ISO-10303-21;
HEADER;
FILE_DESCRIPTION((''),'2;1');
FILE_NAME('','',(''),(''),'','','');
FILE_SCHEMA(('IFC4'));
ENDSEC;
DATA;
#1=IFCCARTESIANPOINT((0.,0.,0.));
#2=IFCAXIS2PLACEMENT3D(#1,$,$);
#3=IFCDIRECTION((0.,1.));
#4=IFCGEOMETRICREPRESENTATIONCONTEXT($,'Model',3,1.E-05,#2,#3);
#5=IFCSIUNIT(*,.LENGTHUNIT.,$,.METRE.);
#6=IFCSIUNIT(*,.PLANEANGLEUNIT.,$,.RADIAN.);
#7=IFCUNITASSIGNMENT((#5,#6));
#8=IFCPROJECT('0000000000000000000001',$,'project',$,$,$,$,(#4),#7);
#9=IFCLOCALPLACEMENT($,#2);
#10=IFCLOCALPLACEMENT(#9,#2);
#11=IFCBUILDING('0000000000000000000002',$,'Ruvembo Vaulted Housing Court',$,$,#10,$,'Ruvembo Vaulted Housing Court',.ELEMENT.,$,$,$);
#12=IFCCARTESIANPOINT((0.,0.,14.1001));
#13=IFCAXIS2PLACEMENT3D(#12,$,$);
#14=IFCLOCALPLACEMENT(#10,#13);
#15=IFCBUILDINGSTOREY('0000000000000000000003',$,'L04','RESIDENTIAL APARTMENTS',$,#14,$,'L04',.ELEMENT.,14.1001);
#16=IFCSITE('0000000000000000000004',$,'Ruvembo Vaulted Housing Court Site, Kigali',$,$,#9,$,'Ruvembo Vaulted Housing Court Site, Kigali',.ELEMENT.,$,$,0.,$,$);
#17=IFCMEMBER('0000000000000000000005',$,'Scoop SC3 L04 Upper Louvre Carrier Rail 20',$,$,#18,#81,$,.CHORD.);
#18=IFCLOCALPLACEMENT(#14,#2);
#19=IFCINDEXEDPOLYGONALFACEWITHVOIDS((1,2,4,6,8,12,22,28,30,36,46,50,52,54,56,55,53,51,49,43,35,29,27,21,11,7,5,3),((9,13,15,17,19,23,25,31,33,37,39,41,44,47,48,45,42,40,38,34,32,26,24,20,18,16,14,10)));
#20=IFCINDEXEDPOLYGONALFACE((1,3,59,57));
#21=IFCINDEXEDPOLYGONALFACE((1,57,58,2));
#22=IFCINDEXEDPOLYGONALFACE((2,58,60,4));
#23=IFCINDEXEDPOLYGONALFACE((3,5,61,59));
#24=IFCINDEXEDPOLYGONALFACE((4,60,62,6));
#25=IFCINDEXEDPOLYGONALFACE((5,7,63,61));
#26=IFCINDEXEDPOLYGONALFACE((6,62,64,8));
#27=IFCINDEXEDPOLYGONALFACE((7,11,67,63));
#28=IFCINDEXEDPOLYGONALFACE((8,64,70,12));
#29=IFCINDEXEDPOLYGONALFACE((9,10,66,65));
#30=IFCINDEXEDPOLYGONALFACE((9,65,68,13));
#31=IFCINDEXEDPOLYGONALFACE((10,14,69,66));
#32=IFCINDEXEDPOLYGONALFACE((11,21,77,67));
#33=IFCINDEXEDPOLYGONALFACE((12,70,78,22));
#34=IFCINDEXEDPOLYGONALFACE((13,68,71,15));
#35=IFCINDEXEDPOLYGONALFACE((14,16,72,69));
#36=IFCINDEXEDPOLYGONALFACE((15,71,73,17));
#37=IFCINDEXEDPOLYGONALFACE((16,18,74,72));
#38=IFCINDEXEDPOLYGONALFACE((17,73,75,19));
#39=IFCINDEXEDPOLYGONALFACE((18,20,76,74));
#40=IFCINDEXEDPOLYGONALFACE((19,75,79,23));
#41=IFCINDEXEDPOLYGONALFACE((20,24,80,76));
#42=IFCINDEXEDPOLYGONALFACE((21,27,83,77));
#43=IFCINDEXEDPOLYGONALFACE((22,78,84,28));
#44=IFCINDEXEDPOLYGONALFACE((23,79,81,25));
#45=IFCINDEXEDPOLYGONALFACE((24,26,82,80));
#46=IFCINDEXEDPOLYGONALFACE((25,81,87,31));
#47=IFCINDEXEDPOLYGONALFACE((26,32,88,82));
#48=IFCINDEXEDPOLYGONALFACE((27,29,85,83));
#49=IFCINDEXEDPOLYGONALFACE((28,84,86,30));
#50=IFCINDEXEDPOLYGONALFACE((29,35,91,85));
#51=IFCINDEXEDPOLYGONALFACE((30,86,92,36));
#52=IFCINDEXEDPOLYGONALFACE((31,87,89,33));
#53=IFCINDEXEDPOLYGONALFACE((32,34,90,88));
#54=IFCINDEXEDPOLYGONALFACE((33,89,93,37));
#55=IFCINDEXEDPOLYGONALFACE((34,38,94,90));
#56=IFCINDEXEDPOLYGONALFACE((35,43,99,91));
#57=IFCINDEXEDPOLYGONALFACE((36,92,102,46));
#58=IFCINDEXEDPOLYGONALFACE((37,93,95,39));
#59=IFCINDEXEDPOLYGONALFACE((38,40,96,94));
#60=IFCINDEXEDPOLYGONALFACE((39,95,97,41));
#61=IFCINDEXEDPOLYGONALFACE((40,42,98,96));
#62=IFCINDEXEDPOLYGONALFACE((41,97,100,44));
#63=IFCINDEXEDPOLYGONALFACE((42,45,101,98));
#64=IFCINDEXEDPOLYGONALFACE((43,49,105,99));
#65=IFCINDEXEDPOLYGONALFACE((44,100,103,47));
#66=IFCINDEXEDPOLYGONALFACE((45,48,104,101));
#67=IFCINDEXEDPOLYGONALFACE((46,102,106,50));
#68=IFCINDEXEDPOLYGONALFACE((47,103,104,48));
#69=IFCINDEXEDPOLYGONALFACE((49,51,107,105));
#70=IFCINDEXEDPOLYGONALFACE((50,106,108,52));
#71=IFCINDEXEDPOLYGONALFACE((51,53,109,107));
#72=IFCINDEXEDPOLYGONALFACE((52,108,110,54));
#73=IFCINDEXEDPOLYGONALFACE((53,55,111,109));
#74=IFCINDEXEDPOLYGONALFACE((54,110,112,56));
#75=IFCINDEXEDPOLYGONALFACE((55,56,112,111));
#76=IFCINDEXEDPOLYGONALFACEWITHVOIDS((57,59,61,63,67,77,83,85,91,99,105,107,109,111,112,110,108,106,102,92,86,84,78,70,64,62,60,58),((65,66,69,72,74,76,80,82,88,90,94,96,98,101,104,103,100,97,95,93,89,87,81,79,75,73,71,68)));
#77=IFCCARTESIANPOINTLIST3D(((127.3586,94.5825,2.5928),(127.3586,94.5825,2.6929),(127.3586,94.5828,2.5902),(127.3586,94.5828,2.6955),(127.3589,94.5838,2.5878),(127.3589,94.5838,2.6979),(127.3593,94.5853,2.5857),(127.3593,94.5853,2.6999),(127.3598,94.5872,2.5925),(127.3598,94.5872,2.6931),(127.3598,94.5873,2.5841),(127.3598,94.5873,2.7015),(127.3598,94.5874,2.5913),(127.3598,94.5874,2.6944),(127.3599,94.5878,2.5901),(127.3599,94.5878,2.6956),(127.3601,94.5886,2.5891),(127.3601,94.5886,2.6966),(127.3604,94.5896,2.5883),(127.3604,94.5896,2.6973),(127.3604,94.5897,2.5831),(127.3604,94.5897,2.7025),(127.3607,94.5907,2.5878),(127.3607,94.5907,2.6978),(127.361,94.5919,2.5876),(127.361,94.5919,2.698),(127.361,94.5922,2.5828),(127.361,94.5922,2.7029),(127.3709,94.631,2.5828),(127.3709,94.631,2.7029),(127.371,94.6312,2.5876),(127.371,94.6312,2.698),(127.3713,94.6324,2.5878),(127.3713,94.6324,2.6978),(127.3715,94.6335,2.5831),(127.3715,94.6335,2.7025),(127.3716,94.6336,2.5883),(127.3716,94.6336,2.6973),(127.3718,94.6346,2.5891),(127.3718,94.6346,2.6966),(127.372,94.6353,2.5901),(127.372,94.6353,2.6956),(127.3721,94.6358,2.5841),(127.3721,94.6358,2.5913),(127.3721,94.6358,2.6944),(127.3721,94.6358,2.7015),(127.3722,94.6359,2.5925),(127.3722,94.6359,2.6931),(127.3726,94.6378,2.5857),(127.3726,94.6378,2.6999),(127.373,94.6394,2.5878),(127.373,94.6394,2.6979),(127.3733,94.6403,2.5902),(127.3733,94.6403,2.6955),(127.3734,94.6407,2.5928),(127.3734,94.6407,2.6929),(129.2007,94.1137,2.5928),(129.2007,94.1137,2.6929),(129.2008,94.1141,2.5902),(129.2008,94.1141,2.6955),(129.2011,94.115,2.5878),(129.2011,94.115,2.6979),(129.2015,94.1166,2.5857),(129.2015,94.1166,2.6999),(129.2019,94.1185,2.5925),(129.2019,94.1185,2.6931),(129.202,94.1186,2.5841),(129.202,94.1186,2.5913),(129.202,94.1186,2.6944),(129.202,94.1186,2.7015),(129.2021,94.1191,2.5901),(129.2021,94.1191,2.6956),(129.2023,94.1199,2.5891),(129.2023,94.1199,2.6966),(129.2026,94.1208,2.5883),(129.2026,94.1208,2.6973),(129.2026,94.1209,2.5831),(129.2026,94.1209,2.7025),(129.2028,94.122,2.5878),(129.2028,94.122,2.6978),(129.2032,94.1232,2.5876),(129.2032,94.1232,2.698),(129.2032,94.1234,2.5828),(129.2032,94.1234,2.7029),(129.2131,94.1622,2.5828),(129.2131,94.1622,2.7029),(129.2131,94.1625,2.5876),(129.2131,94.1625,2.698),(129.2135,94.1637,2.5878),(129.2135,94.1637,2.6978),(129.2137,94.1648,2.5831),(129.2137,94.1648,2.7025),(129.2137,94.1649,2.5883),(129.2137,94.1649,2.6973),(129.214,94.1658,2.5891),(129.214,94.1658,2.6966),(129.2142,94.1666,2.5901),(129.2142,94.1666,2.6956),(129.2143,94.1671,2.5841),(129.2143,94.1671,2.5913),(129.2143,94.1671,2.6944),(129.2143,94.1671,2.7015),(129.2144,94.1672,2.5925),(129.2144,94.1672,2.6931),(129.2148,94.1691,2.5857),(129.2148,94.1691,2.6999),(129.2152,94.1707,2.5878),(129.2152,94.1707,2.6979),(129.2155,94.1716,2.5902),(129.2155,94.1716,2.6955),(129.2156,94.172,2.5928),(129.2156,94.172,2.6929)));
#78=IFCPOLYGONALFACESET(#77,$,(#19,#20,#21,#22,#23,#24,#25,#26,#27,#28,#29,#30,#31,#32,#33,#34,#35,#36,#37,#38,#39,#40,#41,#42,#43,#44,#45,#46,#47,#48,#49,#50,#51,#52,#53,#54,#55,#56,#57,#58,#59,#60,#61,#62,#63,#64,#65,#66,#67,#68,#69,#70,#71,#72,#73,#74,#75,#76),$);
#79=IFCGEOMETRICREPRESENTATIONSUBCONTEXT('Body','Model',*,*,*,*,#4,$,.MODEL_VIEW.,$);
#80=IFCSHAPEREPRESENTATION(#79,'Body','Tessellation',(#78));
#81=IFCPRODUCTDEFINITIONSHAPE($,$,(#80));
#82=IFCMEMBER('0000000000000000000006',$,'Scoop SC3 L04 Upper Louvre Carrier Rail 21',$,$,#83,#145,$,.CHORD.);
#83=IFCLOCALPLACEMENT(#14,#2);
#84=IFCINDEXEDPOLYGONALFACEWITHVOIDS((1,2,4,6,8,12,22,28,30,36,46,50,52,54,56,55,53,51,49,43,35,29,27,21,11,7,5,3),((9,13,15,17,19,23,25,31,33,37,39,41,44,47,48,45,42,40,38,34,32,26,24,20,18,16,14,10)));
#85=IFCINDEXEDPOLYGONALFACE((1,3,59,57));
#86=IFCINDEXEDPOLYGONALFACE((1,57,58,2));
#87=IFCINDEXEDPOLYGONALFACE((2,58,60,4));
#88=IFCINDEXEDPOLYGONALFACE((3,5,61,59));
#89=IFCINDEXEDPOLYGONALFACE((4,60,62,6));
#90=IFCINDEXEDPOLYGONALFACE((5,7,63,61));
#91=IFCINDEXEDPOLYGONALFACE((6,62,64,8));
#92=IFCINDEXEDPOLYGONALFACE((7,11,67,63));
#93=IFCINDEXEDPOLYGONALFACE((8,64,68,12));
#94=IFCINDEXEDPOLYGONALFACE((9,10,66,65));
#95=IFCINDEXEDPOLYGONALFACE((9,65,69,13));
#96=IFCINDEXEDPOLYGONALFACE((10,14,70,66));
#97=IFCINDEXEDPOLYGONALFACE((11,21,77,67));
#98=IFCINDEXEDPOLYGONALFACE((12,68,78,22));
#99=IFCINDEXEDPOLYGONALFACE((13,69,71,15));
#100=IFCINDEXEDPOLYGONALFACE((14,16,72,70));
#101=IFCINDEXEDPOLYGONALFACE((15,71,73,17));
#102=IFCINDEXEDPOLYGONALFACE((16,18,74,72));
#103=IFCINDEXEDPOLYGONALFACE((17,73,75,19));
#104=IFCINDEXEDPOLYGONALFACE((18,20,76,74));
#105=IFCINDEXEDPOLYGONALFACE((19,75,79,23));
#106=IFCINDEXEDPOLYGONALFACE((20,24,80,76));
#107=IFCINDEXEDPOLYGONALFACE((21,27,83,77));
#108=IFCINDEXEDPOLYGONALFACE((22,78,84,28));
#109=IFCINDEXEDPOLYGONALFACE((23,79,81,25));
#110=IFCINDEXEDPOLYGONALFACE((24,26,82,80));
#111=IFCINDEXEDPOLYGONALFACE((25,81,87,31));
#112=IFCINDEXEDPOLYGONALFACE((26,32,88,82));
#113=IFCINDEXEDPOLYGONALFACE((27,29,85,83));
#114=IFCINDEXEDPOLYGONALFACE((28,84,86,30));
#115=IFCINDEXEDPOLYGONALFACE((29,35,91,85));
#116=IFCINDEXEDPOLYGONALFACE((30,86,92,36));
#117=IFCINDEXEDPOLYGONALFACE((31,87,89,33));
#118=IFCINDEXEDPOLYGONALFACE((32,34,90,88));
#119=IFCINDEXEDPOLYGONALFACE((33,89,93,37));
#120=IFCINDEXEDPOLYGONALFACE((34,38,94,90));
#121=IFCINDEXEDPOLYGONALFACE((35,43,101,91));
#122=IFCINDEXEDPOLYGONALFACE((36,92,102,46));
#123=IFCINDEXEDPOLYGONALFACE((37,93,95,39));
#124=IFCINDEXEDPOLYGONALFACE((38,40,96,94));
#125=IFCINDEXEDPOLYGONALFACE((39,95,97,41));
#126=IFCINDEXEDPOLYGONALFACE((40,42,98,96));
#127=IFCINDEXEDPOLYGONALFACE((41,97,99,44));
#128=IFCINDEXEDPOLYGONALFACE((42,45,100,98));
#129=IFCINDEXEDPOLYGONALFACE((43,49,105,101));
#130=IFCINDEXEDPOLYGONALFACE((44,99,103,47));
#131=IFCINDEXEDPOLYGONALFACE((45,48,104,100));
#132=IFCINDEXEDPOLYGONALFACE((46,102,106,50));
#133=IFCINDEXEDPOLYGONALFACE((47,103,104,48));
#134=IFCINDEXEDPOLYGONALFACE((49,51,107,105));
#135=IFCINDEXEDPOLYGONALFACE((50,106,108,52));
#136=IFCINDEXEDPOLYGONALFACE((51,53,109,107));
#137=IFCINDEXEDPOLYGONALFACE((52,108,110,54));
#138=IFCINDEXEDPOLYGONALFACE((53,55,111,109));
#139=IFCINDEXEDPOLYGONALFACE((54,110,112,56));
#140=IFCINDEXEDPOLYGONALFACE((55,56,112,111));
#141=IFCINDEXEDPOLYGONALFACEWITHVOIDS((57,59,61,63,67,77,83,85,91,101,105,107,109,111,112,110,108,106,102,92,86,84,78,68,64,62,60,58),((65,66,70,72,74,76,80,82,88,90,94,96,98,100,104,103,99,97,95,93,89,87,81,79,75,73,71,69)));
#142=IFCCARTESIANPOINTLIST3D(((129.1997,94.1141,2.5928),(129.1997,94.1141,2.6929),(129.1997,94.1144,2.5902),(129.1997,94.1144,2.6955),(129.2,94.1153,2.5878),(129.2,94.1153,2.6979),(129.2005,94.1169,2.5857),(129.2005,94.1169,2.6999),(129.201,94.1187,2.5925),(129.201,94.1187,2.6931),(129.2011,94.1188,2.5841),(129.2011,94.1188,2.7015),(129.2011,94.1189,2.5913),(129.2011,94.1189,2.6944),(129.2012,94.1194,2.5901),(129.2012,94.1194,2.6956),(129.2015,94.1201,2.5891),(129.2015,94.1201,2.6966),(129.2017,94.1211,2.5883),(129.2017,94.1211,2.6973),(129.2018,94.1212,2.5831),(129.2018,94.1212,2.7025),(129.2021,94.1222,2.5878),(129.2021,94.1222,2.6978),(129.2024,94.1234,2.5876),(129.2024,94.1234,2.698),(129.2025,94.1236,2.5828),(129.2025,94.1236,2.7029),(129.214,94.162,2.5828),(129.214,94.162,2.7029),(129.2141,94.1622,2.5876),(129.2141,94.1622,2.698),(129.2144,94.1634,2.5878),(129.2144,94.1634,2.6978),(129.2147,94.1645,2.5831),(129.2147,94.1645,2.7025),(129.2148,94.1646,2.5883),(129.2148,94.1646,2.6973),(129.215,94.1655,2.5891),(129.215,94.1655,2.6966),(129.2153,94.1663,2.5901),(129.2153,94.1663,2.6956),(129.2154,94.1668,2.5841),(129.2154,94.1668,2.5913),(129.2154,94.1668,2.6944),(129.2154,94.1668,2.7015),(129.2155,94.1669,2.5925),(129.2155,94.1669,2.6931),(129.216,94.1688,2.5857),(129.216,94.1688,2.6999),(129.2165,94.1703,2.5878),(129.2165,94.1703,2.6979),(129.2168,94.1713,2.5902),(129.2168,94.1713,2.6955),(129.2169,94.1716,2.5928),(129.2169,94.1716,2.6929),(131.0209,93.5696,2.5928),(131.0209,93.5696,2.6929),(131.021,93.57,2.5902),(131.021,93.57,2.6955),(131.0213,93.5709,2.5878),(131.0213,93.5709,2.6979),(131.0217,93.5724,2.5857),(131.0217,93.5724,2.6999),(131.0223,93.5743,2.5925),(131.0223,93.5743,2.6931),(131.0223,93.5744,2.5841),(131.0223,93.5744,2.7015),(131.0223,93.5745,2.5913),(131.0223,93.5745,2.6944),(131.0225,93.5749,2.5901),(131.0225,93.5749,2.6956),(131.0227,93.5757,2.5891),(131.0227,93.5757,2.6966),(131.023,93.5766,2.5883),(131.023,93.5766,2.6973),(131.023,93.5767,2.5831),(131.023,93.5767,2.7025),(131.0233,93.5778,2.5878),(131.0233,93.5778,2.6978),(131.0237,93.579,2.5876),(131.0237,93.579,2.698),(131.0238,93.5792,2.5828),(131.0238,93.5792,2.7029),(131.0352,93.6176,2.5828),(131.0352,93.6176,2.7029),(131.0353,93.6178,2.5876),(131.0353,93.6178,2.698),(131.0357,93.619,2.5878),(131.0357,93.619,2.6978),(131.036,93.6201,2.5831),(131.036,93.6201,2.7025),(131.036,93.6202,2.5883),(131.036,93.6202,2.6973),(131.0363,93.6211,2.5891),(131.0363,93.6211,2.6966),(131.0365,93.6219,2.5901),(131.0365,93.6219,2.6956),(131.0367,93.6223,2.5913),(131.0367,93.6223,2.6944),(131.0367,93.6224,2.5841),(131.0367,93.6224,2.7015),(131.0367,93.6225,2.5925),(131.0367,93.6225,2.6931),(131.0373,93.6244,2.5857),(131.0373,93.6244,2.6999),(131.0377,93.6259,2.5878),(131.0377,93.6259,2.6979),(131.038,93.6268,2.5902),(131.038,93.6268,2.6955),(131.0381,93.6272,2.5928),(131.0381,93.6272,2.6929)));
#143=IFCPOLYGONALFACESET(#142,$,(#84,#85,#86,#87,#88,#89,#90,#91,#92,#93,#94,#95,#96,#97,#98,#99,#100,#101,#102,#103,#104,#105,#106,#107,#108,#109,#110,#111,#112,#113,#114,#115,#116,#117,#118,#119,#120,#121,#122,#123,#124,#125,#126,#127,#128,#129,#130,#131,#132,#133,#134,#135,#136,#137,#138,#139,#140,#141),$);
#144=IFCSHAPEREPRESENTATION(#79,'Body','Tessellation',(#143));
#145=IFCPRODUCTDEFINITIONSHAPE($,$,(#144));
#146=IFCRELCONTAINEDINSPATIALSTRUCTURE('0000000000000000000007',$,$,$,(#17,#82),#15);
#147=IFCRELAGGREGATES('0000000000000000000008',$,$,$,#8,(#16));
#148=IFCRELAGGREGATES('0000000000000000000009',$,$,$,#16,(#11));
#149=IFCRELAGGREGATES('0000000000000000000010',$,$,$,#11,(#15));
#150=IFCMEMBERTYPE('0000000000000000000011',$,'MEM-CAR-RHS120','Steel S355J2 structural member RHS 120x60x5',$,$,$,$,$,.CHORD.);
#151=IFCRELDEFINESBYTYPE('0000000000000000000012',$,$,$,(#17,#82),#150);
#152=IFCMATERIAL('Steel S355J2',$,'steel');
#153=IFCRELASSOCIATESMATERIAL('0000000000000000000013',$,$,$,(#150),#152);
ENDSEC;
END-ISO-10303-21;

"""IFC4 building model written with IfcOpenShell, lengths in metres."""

from ifc_helpers import new_model, si_unit, direction, frame, origin, origin_2d, place, context, subcontext, project, spatial, hollow_rectangle, extrude, material, material_profile, profile_set, type_object, element, save


model = new_model("IFC4")

# Units and contexts
model_context = context("Model", 3, precision=1e-05, world=origin(), true_north=direction((0.0, 1.0)))
body_context = subcontext(model_context, "Body", "Model", "MODEL_VIEW")
ifc_project = project(units=[si_unit("LENGTHUNIT", "METRE"), si_unit("PLANEANGLEUNIT", "RADIAN")], contexts=[model_context])

# Site, building, storey
site_placement = place(None, origin())
site = spatial("IfcSite", under=ifc_project, at=site_placement, Name="Ruvembo Vaulted Housing Court Site, Kigali", LongName="Ruvembo Vaulted Housing Court Site, Kigali", CompositionType="ELEMENT", RefElevation=0.0)
building_placement = place(site_placement, origin())
building = spatial("IfcBuilding", under=site, at=building_placement, Name="Ruvembo Vaulted Housing Court", LongName="Ruvembo Vaulted Housing Court", CompositionType="ELEMENT")
storey_placement = place(building_placement, frame((0.0, 0.0, 14.1001)))
storey = spatial("IfcBuildingStorey", under=building, at=storey_placement, Name="L04", Description="RESIDENTIAL APARTMENTS", LongName="L04", CompositionType="ELEMENT", Elevation=14.1001)

# Shared definitions
ifc_material_1 = material(Name="Steel S355J2", Category="steel")

# Members
ifc_material_profile_1 = material_profile(ifc_material_1, hollow_rectangle(XDim=0.0601, YDim=0.1201, WallThickness=0.0049, InnerFilletRadius=0.0049, OuterFilletRadius=0.01, at=origin_2d()), Name="RHS 120x60x5")
ifc_profile_set_1 = profile_set([ifc_material_profile_1], Name="Steel S355J2")
member_type_1 = type_object("IfcMemberType", Name="MEM-CAR-RHS120", Description="Steel S355J2 structural member RHS 120x60x5", PredefinedType="CHORD", material=ifc_profile_set_1)
for number, where, z_axis, x_axis, name in (
    (1, (127.366, 94.6116, 2.6428), (0.969122, -0.246583, 0.0), (0.246583, 0.969122, 0.0), "Scoop SC3 L04 Upper Louvre Carrier Rail 20"),
    (2, (129.2083, 94.1428, 2.6428), (0.958109, -0.286405, 0.0), (0.286405, 0.958109, 0.0), "Scoop SC3 L04 Upper Louvre Carrier Rail 21"),
):
    element("IfcMember", number, at=place(storey_placement, frame(where, z_axis=z_axis, x_axis=x_axis)), inside=storey, type_object=member_type_1, Name=name, PredefinedType="CHORD", context=body_context, shape_type="SweptSolid", body=[
        extrude(hollow_rectangle(XDim=0.0601, YDim=0.1201, WallThickness=0.0049, InnerFilletRadius=0.0049, OuterFilletRadius=0.01, at=origin_2d()), origin(), (0.0, 0.0, 1.0), 1.9009),
    ])

save(model, "model.ifc")
